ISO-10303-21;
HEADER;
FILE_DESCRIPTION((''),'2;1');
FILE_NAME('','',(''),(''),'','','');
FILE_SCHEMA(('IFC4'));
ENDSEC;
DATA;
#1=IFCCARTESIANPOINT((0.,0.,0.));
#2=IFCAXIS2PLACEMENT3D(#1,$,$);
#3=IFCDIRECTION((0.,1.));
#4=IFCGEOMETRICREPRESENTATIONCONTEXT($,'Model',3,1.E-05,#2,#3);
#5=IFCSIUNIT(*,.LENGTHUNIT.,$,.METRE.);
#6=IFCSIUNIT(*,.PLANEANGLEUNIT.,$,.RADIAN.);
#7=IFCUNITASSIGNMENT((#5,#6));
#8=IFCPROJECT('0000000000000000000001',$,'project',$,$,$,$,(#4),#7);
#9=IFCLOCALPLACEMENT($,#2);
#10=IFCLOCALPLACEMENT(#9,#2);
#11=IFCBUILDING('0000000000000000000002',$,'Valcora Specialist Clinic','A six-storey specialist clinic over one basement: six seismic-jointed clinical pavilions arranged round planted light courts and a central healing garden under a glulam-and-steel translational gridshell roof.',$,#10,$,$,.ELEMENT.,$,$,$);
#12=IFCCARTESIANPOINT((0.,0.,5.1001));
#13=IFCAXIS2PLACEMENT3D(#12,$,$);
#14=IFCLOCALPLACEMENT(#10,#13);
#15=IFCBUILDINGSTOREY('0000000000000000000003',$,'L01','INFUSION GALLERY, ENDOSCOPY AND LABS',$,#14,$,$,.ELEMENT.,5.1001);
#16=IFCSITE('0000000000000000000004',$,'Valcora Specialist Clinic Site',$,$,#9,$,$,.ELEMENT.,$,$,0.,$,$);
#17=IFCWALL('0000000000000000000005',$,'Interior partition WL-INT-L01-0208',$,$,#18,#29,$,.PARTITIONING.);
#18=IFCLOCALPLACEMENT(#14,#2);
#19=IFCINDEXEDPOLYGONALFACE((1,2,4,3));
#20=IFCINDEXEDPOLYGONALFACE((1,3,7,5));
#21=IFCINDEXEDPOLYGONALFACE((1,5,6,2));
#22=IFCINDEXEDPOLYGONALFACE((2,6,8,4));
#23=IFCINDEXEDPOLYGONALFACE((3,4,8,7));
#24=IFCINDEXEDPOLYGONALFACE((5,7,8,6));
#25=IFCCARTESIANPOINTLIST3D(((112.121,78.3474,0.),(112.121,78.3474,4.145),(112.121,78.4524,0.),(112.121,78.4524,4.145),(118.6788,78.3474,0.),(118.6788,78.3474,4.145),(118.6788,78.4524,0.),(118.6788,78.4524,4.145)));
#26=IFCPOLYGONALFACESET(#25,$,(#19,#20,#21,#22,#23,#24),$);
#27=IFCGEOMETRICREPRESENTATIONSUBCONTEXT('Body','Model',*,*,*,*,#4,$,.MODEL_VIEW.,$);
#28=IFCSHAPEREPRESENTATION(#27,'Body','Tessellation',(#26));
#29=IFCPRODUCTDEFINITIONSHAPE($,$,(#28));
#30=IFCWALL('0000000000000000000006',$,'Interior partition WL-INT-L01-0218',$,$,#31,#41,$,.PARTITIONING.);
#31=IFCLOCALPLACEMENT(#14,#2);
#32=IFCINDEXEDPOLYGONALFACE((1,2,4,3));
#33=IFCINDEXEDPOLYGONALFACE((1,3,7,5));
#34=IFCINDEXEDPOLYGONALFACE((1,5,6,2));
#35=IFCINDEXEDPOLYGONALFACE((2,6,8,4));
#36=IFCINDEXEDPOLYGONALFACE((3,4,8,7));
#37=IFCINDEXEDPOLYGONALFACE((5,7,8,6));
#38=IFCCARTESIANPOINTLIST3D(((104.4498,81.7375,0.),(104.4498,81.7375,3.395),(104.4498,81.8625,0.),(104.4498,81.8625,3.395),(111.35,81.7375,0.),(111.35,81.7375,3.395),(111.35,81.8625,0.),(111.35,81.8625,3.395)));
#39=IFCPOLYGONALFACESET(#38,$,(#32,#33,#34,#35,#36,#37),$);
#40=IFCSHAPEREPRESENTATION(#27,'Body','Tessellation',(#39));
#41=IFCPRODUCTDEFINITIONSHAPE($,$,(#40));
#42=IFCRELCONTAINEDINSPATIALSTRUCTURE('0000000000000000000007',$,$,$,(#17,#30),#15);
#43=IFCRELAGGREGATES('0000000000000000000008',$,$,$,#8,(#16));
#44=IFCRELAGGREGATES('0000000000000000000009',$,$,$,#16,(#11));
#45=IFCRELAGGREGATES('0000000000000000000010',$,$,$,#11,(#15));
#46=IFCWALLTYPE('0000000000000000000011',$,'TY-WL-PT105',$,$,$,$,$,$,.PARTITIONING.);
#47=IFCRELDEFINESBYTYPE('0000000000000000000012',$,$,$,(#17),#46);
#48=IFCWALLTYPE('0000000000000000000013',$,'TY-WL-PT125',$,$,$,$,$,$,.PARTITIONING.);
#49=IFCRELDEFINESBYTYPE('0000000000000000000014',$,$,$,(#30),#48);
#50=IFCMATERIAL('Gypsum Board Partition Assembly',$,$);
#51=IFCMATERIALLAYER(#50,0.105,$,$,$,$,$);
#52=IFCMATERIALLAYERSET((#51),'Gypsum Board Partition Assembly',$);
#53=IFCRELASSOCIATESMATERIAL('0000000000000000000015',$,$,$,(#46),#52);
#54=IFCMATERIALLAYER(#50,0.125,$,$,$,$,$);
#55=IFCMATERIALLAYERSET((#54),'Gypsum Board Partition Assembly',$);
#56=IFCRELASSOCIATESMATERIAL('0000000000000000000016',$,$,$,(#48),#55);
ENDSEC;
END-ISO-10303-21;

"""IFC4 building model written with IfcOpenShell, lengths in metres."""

from ifc_helpers import new_model, si_unit, direction, frame, frame_2d, origin, place, context, subcontext, project, spatial, rectangle, extrude, material, layer, layer_set, type_object, element, save


model = new_model("IFC4")

# Units and contexts
model_context = context("Model", 3, precision=1e-05, world=origin(), true_north=direction((0.0, 1.0)))
body_context = subcontext(model_context, "Body", "Model", "MODEL_VIEW")
ifc_project = project(units=[si_unit("LENGTHUNIT", "METRE"), si_unit("PLANEANGLEUNIT", "RADIAN")], contexts=[model_context])

# Site, building, storey
site_placement = place(None, origin())
site = spatial("IfcSite", under=ifc_project, at=site_placement, Name="Valcora Specialist Clinic Site", CompositionType="ELEMENT", RefElevation=0.0)
building_placement = place(site_placement, origin())
building = spatial("IfcBuilding", under=site, at=building_placement, Name="Valcora Specialist Clinic", Description="A six-storey specialist clinic over one basement: six seismic-jointed clinical pavilions arranged round planted light courts and a central healing garden under a glulam-and-steel translational gridshell roof.", CompositionType="ELEMENT")
storey_placement = place(building_placement, frame((0.0, 0.0, 5.1001)))
storey = spatial("IfcBuildingStorey", under=building, at=storey_placement, Name="L01", Description="INFUSION GALLERY, ENDOSCOPY AND LABS", CompositionType="ELEMENT", Elevation=5.1001)

# Walls
ifc_material_1 = material(Name="Gypsum Board Partition Assembly")
ifc_layer_1 = layer(ifc_material_1, 0.105)
ifc_layer_set_1 = layer_set([ifc_layer_1], Name="Gypsum Board Partition Assembly")
wall_type_1 = type_object("IfcWallType", Name="TY-WL-PT105", PredefinedType="PARTITIONING", material=ifc_layer_set_1)
wall_1_placement = place(storey_placement, frame((112.1211, 78.3999, 0.0), z_axis=(0.0, 0.0, 1.0), x_axis=(1.0, 0.0, 0.0)))
element("IfcWall", 1, at=wall_1_placement, inside=storey, type_object=wall_type_1, Name="Interior partition WL-INT-L01-0208", PredefinedType="PARTITIONING", context=body_context, shape_type="SweptSolid", body=[
    extrude(rectangle(XDim=6.5579, YDim=0.105, at=frame_2d((3.2788, 0.0))), origin(), (0.0, 0.0, 1.0), 4.145),
])
ifc_layer_2 = layer(ifc_material_1, 0.125)
ifc_layer_set_2 = layer_set([ifc_layer_2], Name="Gypsum Board Partition Assembly")
wall_type_2 = type_object("IfcWallType", Name="TY-WL-PT125", PredefinedType="PARTITIONING", material=ifc_layer_set_2)
wall_2_placement = place(storey_placement, frame((111.3501, 81.8, 0.0), z_axis=(0.0, 0.0, 1.0), x_axis=(-1.0, 0.0, 0.0)))
element("IfcWall", 2, at=wall_2_placement, inside=storey, type_object=wall_type_2, Name="Interior partition WL-INT-L01-0218", PredefinedType="PARTITIONING", context=body_context, shape_type="SweptSolid", body=[
    extrude(rectangle(XDim=6.9001, YDim=0.125, at=frame_2d((3.4502, 0.0))), origin(), (0.0, 0.0, 1.0), 3.395),
])

save(model, "model.ifc")
